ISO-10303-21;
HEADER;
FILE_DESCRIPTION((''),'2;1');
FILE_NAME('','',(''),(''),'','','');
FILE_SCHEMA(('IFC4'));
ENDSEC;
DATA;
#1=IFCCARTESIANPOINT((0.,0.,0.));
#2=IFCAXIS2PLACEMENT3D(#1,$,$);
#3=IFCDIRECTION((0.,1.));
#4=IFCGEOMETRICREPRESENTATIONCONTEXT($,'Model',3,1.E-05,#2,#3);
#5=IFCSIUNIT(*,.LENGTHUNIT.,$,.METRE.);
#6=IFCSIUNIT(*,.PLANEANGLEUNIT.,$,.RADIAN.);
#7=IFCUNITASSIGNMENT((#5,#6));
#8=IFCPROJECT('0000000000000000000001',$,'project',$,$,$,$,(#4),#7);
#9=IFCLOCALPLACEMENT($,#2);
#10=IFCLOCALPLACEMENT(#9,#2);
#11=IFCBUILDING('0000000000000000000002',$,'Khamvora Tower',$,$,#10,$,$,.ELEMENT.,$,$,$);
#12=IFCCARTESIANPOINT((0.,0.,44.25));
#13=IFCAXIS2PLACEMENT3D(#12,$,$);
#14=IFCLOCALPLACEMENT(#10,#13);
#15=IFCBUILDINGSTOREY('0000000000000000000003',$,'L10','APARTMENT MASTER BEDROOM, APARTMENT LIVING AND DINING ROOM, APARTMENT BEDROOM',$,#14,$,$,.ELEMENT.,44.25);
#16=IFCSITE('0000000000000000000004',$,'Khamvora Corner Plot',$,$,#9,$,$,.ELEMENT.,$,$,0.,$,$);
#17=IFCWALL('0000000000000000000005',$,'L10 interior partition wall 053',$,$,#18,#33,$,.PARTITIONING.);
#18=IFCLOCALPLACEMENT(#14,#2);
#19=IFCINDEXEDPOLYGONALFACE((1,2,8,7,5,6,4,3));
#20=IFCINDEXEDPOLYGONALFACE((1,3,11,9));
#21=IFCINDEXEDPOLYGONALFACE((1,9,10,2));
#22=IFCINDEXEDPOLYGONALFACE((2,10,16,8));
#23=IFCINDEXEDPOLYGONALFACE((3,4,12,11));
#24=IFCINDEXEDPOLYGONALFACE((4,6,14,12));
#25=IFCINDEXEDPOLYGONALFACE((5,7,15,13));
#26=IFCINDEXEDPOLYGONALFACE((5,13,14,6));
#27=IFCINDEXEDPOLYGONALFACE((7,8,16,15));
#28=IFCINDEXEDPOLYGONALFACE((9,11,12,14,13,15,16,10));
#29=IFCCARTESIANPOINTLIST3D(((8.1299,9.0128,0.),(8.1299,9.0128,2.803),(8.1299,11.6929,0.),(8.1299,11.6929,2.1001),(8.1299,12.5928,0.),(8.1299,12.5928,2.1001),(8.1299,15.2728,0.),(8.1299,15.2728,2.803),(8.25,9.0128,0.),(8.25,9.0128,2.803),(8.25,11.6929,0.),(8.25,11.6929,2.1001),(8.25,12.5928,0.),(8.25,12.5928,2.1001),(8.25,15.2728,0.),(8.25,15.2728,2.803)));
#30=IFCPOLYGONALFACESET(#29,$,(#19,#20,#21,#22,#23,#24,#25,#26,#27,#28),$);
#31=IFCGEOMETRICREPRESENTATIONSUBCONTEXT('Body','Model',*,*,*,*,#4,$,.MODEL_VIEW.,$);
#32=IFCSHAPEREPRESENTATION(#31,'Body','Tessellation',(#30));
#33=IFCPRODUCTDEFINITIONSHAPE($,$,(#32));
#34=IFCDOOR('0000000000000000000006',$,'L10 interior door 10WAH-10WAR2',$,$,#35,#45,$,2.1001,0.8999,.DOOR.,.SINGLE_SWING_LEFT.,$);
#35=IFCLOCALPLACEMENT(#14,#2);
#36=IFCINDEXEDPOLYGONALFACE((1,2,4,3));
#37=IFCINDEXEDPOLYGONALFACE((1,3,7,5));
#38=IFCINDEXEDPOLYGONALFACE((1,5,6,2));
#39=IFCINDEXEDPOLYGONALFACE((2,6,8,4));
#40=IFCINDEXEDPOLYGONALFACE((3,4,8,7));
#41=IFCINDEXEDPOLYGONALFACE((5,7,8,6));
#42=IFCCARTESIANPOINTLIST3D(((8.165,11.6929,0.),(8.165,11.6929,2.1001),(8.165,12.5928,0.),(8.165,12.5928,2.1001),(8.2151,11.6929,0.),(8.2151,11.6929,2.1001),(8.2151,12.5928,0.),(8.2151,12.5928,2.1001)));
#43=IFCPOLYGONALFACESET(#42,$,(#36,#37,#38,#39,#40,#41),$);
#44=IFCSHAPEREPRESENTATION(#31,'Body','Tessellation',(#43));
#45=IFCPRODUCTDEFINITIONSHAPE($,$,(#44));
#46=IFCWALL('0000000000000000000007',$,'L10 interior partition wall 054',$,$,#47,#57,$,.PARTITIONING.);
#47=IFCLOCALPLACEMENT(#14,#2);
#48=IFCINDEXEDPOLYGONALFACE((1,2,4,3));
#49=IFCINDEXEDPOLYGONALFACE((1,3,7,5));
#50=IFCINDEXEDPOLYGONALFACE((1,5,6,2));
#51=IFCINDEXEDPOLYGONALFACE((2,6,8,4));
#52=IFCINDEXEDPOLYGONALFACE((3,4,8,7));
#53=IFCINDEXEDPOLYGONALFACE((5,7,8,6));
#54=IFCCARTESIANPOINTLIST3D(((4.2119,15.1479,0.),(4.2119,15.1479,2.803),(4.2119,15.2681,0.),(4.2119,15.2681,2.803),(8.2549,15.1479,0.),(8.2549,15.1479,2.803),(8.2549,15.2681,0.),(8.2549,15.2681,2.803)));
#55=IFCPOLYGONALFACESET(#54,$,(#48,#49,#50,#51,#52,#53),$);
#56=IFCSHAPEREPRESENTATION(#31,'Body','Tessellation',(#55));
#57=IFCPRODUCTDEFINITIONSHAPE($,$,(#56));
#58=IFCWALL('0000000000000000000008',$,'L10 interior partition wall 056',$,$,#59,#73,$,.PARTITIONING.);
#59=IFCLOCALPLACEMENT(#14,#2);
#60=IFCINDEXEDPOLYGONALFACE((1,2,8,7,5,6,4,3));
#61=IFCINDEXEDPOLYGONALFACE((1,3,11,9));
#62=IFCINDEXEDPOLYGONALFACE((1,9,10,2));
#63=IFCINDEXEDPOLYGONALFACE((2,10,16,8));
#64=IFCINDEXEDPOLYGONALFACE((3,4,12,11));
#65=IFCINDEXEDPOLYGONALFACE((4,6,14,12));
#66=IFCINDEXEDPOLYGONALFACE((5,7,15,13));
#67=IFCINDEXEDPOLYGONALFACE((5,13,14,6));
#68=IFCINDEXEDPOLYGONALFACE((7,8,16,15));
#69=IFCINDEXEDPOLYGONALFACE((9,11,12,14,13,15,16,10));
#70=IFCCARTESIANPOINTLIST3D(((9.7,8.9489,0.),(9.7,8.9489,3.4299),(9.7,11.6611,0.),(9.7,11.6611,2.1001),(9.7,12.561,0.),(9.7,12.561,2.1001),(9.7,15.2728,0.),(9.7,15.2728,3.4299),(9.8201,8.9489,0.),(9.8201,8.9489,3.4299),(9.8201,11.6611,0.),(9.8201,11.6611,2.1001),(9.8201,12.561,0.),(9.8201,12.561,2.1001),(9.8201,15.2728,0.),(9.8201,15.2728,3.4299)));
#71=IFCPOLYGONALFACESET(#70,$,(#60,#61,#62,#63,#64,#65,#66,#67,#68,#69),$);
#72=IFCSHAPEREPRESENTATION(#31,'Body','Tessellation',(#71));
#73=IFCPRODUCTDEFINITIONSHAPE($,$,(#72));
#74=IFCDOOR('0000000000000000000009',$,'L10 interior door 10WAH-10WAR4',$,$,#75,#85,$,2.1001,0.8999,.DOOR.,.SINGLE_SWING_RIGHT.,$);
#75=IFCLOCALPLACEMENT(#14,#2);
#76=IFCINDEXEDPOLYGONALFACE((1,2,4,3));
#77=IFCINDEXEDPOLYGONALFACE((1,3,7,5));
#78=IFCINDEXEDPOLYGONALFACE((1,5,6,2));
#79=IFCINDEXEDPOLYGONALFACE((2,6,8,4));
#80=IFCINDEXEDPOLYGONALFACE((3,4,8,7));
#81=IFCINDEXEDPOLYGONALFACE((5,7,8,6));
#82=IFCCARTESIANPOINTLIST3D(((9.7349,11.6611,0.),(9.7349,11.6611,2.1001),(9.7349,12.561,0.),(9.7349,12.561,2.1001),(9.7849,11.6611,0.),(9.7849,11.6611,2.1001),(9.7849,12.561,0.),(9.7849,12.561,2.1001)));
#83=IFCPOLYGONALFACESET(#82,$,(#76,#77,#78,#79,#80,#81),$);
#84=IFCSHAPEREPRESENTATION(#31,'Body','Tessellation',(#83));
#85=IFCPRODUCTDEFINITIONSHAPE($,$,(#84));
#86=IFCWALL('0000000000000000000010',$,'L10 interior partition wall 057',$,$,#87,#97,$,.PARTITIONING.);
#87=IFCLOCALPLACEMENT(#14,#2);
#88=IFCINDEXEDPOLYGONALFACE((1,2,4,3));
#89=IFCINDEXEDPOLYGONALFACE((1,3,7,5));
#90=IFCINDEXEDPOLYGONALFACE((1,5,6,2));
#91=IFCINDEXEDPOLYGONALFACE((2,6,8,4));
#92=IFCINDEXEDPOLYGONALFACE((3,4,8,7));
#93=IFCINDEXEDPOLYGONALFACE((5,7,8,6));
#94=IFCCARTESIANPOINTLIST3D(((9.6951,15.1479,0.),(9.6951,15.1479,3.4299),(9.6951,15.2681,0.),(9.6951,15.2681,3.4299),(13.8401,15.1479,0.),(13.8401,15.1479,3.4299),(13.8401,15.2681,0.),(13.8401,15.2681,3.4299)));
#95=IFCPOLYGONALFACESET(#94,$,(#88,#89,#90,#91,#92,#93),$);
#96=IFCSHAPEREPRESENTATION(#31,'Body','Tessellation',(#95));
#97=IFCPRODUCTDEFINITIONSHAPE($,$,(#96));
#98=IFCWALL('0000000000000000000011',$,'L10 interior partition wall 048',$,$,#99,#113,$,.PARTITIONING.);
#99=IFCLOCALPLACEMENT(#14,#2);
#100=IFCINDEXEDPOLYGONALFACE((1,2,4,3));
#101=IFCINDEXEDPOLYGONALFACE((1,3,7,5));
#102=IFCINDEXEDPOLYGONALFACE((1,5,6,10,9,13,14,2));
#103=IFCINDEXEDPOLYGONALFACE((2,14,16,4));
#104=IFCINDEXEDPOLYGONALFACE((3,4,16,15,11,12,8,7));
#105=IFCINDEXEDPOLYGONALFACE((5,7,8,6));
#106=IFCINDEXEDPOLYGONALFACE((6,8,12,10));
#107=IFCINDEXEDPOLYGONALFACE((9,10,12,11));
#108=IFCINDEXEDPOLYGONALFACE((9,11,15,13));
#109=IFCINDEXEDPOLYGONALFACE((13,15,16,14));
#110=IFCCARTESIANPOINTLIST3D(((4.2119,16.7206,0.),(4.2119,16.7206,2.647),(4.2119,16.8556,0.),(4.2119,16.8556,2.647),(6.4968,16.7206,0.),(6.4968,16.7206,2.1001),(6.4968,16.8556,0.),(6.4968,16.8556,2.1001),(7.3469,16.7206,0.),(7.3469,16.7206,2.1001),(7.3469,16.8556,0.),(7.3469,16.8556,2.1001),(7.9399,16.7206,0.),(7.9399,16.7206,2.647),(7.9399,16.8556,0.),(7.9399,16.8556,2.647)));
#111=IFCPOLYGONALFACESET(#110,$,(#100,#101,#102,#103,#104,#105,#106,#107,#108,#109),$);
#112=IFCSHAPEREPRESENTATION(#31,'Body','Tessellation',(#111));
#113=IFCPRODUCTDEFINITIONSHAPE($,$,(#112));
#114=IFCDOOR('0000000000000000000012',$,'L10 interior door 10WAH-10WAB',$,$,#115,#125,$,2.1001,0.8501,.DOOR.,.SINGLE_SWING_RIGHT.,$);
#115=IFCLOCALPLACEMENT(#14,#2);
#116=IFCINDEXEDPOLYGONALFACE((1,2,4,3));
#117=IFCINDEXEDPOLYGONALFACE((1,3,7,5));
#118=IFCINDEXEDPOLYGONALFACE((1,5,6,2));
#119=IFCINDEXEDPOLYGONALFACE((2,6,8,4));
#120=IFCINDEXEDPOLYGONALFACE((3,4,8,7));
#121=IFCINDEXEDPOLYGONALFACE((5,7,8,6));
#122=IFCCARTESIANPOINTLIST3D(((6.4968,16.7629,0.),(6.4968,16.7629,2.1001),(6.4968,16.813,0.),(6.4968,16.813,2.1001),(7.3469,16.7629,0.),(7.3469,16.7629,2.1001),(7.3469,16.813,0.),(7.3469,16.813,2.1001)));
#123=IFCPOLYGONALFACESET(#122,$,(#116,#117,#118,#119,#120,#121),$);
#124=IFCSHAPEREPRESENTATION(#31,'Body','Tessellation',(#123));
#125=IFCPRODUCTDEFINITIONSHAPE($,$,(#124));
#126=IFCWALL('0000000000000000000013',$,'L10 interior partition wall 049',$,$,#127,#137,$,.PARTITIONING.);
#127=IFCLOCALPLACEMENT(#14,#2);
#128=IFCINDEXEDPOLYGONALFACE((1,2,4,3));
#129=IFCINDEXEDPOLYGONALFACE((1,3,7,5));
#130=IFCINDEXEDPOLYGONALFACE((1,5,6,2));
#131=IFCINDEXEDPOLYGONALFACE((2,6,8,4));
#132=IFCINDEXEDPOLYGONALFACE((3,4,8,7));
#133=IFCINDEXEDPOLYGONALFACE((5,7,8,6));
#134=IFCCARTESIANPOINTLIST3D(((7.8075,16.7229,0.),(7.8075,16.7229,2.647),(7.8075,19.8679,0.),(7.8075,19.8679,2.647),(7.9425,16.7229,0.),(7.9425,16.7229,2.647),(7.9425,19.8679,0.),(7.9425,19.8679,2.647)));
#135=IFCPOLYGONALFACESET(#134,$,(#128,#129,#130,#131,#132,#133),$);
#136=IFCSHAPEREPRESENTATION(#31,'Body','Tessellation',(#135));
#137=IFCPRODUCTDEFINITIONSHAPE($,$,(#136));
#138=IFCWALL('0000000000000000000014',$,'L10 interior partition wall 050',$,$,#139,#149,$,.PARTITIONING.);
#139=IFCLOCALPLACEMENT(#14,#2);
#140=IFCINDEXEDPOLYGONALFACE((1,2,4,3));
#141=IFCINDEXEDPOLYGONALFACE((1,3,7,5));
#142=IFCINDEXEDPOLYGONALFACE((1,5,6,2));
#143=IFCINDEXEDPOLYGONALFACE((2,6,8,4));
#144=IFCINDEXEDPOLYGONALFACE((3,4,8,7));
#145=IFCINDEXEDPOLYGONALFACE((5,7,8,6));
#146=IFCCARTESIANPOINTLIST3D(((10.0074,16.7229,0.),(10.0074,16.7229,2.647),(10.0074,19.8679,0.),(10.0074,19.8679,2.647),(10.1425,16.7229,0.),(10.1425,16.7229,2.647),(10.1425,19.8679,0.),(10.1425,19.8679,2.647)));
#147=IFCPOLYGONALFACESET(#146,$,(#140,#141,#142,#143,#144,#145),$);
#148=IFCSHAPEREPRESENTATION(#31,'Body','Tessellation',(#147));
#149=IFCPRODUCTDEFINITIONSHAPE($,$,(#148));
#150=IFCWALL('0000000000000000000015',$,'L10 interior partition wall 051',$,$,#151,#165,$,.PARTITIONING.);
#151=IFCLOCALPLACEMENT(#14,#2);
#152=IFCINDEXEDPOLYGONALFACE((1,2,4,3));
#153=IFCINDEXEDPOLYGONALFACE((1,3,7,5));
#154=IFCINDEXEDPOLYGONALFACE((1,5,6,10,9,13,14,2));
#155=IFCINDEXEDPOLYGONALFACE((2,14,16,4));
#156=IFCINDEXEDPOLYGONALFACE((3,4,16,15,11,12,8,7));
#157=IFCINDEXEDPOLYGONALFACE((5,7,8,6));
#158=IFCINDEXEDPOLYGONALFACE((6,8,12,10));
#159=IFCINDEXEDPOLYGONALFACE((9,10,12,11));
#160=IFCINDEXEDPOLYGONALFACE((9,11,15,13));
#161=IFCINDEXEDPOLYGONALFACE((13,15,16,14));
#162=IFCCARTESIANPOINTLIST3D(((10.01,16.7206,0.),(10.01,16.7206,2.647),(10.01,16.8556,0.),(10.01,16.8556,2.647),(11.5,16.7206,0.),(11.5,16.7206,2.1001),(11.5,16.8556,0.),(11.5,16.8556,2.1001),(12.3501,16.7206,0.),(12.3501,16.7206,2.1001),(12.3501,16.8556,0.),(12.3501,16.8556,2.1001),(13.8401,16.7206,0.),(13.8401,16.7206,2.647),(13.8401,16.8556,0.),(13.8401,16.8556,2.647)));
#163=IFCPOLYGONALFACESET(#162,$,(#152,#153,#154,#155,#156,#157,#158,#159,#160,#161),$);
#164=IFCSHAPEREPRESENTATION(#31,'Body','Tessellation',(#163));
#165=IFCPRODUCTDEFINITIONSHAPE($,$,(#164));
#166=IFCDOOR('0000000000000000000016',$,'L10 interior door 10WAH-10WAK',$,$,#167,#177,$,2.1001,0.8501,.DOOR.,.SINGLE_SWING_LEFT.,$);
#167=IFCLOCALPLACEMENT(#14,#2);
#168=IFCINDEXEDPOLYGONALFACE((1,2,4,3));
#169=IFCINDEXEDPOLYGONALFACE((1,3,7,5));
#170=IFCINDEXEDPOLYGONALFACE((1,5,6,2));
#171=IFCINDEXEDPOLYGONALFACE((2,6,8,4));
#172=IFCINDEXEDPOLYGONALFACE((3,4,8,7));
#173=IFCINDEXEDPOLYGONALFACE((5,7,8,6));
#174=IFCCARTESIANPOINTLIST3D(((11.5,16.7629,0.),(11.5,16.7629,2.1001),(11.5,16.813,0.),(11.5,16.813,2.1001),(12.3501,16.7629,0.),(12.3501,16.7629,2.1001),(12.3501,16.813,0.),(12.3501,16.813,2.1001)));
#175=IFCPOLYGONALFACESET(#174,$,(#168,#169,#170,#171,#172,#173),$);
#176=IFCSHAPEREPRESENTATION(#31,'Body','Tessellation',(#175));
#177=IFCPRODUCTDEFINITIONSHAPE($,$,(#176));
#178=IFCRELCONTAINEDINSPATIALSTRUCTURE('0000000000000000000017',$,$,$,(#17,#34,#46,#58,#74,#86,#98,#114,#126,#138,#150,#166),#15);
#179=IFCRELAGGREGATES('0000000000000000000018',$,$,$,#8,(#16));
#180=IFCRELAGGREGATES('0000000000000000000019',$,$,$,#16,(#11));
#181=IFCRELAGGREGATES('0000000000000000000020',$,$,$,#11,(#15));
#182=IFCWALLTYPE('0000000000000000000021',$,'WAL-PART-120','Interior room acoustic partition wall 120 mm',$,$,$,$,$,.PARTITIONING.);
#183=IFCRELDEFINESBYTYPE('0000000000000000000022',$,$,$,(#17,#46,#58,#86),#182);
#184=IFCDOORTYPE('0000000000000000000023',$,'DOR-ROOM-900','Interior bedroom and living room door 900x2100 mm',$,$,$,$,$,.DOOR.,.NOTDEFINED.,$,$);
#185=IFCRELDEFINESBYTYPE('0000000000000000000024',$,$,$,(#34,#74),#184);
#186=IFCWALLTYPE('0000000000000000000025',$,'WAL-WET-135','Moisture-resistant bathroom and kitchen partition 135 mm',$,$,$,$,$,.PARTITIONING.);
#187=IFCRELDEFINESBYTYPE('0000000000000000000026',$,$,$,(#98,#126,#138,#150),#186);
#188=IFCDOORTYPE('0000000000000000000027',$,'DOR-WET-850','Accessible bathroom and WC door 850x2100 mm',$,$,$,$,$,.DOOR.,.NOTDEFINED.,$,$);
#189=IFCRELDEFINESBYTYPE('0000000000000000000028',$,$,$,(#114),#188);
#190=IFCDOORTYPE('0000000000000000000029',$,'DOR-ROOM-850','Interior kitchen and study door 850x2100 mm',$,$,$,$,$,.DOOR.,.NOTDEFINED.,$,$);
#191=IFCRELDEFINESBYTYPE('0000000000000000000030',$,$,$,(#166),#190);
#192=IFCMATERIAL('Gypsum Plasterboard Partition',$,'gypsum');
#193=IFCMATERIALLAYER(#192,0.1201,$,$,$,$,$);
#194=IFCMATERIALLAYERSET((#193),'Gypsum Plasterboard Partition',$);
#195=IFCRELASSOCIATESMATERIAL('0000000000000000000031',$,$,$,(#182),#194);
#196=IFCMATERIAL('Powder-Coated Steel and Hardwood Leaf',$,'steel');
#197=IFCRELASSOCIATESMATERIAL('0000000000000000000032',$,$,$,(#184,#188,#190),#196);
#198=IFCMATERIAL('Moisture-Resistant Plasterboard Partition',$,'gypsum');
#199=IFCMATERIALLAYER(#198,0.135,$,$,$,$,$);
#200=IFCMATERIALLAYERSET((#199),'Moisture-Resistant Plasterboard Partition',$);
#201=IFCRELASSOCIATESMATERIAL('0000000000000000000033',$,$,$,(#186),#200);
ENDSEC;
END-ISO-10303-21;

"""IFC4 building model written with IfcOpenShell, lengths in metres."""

from ifc_helpers import new_model, si_unit, direction, frame, frame_2d, origin, place, context, subcontext, project, spatial, rectangle, extrude, material, layer, layer_set, type_object, element, fill, save


model = new_model("IFC4")

# Units and contexts
model_context = context("Model", 3, precision=1e-05, world=origin(), true_north=direction((0.0, 1.0)))
body_context = subcontext(model_context, "Body", "Model", "MODEL_VIEW")
ifc_project = project(units=[si_unit("LENGTHUNIT", "METRE"), si_unit("PLANEANGLEUNIT", "RADIAN")], contexts=[model_context])

# Site, building, storey
site_placement = place(None, origin())
site = spatial("IfcSite", under=ifc_project, at=site_placement, Name="Khamvora Corner Plot", CompositionType="ELEMENT", RefElevation=0.0)
building_placement = place(site_placement, origin())
building = spatial("IfcBuilding", under=site, at=building_placement, Name="Khamvora Tower", CompositionType="ELEMENT")
storey_placement = place(building_placement, frame((0.0, 0.0, 44.25)))
storey = spatial("IfcBuildingStorey", under=building, at=storey_placement, Name="L10", Description="APARTMENT MASTER BEDROOM, APARTMENT LIVING AND DINING ROOM, APARTMENT BEDROOM", CompositionType="ELEMENT", Elevation=44.25)

# Shared definitions
ifc_material_1 = material(Name="Powder-Coated Steel and Hardwood Leaf", Category="steel")

# Wall, opening, door
ifc_material_2 = material(Name="Gypsum Plasterboard Partition", Category="gypsum")
ifc_layer_1 = layer(ifc_material_2, 0.1201)
ifc_layer_set_1 = layer_set([ifc_layer_1], Name="Gypsum Plasterboard Partition")
wall_type_1 = type_object("IfcWallType", Name="WAL-PART-120", Description="Interior room acoustic partition wall 120 mm", PredefinedType="PARTITIONING", material=ifc_layer_set_1)
wall_1_placement = place(storey_placement, frame((8.1899, 9.0129, 0.0), z_axis=(0.0, 0.0, 1.0), x_axis=(0.0, 1.0, 0.0)))
wall_1 = element("IfcWall", 1, at=wall_1_placement, inside=storey, type_object=wall_type_1, Name="L10 interior partition wall 053", PredefinedType="PARTITIONING", context=body_context, shape_type="SweptSolid", body=[
    extrude(rectangle(XDim=6.26, YDim=0.1201, at=frame_2d((3.1299, 0.0))), origin(), (0.0, 0.0, 1.0), 2.803),
])
opening_1_placement = place(wall_1_placement, frame((2.6799, 0.0, 0.0)))
opening_1 = element("IfcOpeningElement", 2, at=opening_1_placement, cuts=wall_1, PredefinedType="OPENING", context=body_context, shape_type="SweptSolid", body=[
    extrude(rectangle(XDim=0.8999, YDim=2.1001, at=frame_2d((0.45, 1.05))), frame((0.0, 0.0701, 0.0), z_axis=(0.0, -1.0, 0.0), x_axis=(1.0, 0.0, 0.0)), (0.0, 0.0, 1.0), 0.1401),
])
door_type_1 = type_object("IfcDoorType", Name="DOR-ROOM-900", Description="Interior bedroom and living room door 900x2100 mm", OperationType="NOTDEFINED", PredefinedType="DOOR", material=ifc_material_1)
door_1_placement = place(opening_1_placement, origin())
door_1 = element("IfcDoor", 3, at=door_1_placement, inside=storey, type_object=door_type_1, Name="L10 interior door 10WAH-10WAR2", OperationType="SINGLE_SWING_LEFT", OverallHeight=2.1001, OverallWidth=0.8999, PredefinedType="DOOR", context=body_context, shape_type="SweptSolid", body=[
    extrude(rectangle(XDim=0.8999, YDim=2.1001, at=frame_2d((0.45, 1.05))), frame((0.0, 0.0249, 0.0), z_axis=(0.0, -1.0, 0.0), x_axis=(1.0, 0.0, 0.0)), (0.0, 0.0, 1.0), 0.05),
])
fill(opening_1, door_1)

# Wall
wall_2_placement = place(storey_placement, frame((8.2549, 15.208, 0.0), z_axis=(0.0, 0.0, 1.0), x_axis=(-1.0, 0.0, 0.0)))
element("IfcWall", 4, at=wall_2_placement, inside=storey, type_object=wall_type_1, Name="L10 interior partition wall 054", PredefinedType="PARTITIONING", context=body_context, shape_type="SweptSolid", body=[
    extrude(rectangle(XDim=4.043, YDim=0.1201, at=frame_2d((2.0215, 0.0))), origin(), (0.0, 0.0, 1.0), 2.803),
])

# Wall, opening, door
wall_3_placement = place(storey_placement, frame((9.76, 15.2729, 0.0), z_axis=(0.0, 0.0, 1.0), x_axis=(0.0, -1.0, 0.0)))
wall_3 = element("IfcWall", 5, at=wall_3_placement, inside=storey, type_object=wall_type_1, Name="L10 interior partition wall 056", PredefinedType="PARTITIONING", context=body_context, shape_type="SweptSolid", body=[
    extrude(rectangle(XDim=6.324, YDim=0.1201, at=frame_2d((3.1621, 0.0))), origin(), (0.0, 0.0, 1.0), 3.4299),
])
opening_2_placement = place(wall_3_placement, frame((2.7119, 0.0, 0.0)))
opening_2 = element("IfcOpeningElement", 6, at=opening_2_placement, cuts=wall_3, PredefinedType="OPENING", context=body_context, shape_type="SweptSolid", body=[
    extrude(rectangle(XDim=0.8999, YDim=2.1001, at=frame_2d((0.45, 1.05))), frame((0.0, 0.0701, 0.0), z_axis=(0.0, -1.0, 0.0), x_axis=(1.0, 0.0, 0.0)), (0.0, 0.0, 1.0), 0.1401),
])
door_2_placement = place(opening_2_placement, origin())
door_2 = element("IfcDoor", 7, at=door_2_placement, inside=storey, type_object=door_type_1, Name="L10 interior door 10WAH-10WAR4", OperationType="SINGLE_SWING_RIGHT", OverallHeight=2.1001, OverallWidth=0.8999, PredefinedType="DOOR", context=body_context, shape_type="SweptSolid", body=[
    extrude(rectangle(XDim=0.8999, YDim=2.1001, at=frame_2d((0.45, 1.05))), frame((0.0, 0.0249, 0.0), z_axis=(0.0, -1.0, 0.0), x_axis=(1.0, 0.0, 0.0)), (0.0, 0.0, 1.0), 0.05),
])
fill(opening_2, door_2)

# Wall
wall_4_placement = place(storey_placement, frame((13.8401, 15.208, 0.0), z_axis=(0.0, 0.0, 1.0), x_axis=(-1.0, 0.0, 0.0)))
element("IfcWall", 8, at=wall_4_placement, inside=storey, type_object=wall_type_1, Name="L10 interior partition wall 057", PredefinedType="PARTITIONING", context=body_context, shape_type="SweptSolid", body=[
    extrude(rectangle(XDim=4.145, YDim=0.1201, at=frame_2d((2.0725, 0.0))), origin(), (0.0, 0.0, 1.0), 3.4299),
])

# Wall, opening, door
ifc_material_3 = material(Name="Moisture-Resistant Plasterboard Partition", Category="gypsum")
ifc_layer_2 = layer(ifc_material_3, 0.135)
ifc_layer_set_2 = layer_set([ifc_layer_2], Name="Moisture-Resistant Plasterboard Partition")
wall_type_2 = type_object("IfcWallType", Name="WAL-WET-135", Description="Moisture-resistant bathroom and kitchen partition 135 mm", PredefinedType="PARTITIONING", material=ifc_layer_set_2)
wall_5_placement = place(storey_placement, frame((4.2119, 16.7881, 0.0), z_axis=(0.0, 0.0, 1.0), x_axis=(1.0, 0.0, 0.0)))
wall_5 = element("IfcWall", 9, at=wall_5_placement, inside=storey, type_object=wall_type_2, Name="L10 interior partition wall 048", PredefinedType="PARTITIONING", context=body_context, shape_type="SweptSolid", body=[
    extrude(rectangle(XDim=3.728, YDim=0.135, at=frame_2d((1.864, 0.0))), origin(), (0.0, 0.0, 1.0), 2.647),
])
opening_3_placement = place(wall_5_placement, frame((2.2849, 0.0, 0.0)))
opening_3 = element("IfcOpeningElement", 10, at=opening_3_placement, cuts=wall_5, PredefinedType="OPENING", context=body_context, shape_type="SweptSolid", body=[
    extrude(rectangle(XDim=0.8501, YDim=2.1001, at=frame_2d((0.425, 1.05))), frame((0.0, 0.0774, 0.0), z_axis=(0.0, -1.0, 0.0), x_axis=(1.0, 0.0, 0.0)), (0.0, 0.0, 1.0), 0.155),
])
door_type_2 = type_object("IfcDoorType", Name="DOR-WET-850", Description="Accessible bathroom and WC door 850x2100 mm", OperationType="NOTDEFINED", PredefinedType="DOOR", material=ifc_material_1)
door_3_placement = place(opening_3_placement, origin())
door_3 = element("IfcDoor", 11, at=door_3_placement, inside=storey, type_object=door_type_2, Name="L10 interior door 10WAH-10WAB", OperationType="SINGLE_SWING_RIGHT", OverallHeight=2.1001, OverallWidth=0.8501, PredefinedType="DOOR", context=body_context, shape_type="SweptSolid", body=[
    extrude(rectangle(XDim=0.8501, YDim=2.1001, at=frame_2d((0.425, 1.05))), frame((0.0, 0.0249, 0.0), z_axis=(0.0, -1.0, 0.0), x_axis=(1.0, 0.0, 0.0)), (0.0, 0.0, 1.0), 0.05),
])
fill(opening_3, door_3)

# Walls
for number, where, z_axis, x_axis, name in (
    (12, (7.875, 16.7229, 0.0), (0.0, 0.0, 1.0), (0.0, 1.0, 0.0), "L10 interior partition wall 049"),
    (13, (10.075, 19.8679, 0.0), (0.0, 0.0, 1.0), (0.0, -1.0, 0.0), "L10 interior partition wall 050"),
):
    element("IfcWall", number, at=place(storey_placement, frame(where, z_axis=z_axis, x_axis=x_axis)), inside=storey, type_object=wall_type_2, Name=name, PredefinedType="PARTITIONING", context=body_context, shape_type="SweptSolid", body=[
        extrude(rectangle(XDim=3.145, YDim=0.135, at=frame_2d((1.5725, 0.0))), origin(), (0.0, 0.0, 1.0), 2.647),
    ])

# Wall, opening, door
wall_6_placement = place(storey_placement, frame((10.01, 16.7881, 0.0), z_axis=(0.0, 0.0, 1.0), x_axis=(1.0, 0.0, 0.0)))
wall_6 = element("IfcWall", 14, at=wall_6_placement, inside=storey, type_object=wall_type_2, Name="L10 interior partition wall 051", PredefinedType="PARTITIONING", context=body_context, shape_type="SweptSolid", body=[
    extrude(rectangle(XDim=3.8301, YDim=0.135, at=frame_2d((1.915, 0.0))), origin(), (0.0, 0.0, 1.0), 2.647),
])
opening_4_placement = place(wall_6_placement, frame((1.49, 0.0, 0.0)))
opening_4 = element("IfcOpeningElement", 15, at=opening_4_placement, cuts=wall_6, PredefinedType="OPENING", context=body_context, shape_type="SweptSolid", body=[
    extrude(rectangle(XDim=0.8501, YDim=2.1001, at=frame_2d((0.425, 1.05))), frame((0.0, 0.0774, 0.0), z_axis=(0.0, -1.0, 0.0), x_axis=(1.0, 0.0, 0.0)), (0.0, 0.0, 1.0), 0.155),
])
door_type_3 = type_object("IfcDoorType", Name="DOR-ROOM-850", Description="Interior kitchen and study door 850x2100 mm", OperationType="NOTDEFINED", PredefinedType="DOOR", material=ifc_material_1)
door_4_placement = place(opening_4_placement, origin())
door_4 = element("IfcDoor", 16, at=door_4_placement, inside=storey, type_object=door_type_3, Name="L10 interior door 10WAH-10WAK", OperationType="SINGLE_SWING_LEFT", OverallHeight=2.1001, OverallWidth=0.8501, PredefinedType="DOOR", context=body_context, shape_type="SweptSolid", body=[
    extrude(rectangle(XDim=0.8501, YDim=2.1001, at=frame_2d((0.425, 1.05))), frame((0.0, 0.0249, 0.0), z_axis=(0.0, -1.0, 0.0), x_axis=(1.0, 0.0, 0.0)), (0.0, 0.0, 1.0), 0.05),
])
fill(opening_4, door_4)

save(model, "model.ifc")
